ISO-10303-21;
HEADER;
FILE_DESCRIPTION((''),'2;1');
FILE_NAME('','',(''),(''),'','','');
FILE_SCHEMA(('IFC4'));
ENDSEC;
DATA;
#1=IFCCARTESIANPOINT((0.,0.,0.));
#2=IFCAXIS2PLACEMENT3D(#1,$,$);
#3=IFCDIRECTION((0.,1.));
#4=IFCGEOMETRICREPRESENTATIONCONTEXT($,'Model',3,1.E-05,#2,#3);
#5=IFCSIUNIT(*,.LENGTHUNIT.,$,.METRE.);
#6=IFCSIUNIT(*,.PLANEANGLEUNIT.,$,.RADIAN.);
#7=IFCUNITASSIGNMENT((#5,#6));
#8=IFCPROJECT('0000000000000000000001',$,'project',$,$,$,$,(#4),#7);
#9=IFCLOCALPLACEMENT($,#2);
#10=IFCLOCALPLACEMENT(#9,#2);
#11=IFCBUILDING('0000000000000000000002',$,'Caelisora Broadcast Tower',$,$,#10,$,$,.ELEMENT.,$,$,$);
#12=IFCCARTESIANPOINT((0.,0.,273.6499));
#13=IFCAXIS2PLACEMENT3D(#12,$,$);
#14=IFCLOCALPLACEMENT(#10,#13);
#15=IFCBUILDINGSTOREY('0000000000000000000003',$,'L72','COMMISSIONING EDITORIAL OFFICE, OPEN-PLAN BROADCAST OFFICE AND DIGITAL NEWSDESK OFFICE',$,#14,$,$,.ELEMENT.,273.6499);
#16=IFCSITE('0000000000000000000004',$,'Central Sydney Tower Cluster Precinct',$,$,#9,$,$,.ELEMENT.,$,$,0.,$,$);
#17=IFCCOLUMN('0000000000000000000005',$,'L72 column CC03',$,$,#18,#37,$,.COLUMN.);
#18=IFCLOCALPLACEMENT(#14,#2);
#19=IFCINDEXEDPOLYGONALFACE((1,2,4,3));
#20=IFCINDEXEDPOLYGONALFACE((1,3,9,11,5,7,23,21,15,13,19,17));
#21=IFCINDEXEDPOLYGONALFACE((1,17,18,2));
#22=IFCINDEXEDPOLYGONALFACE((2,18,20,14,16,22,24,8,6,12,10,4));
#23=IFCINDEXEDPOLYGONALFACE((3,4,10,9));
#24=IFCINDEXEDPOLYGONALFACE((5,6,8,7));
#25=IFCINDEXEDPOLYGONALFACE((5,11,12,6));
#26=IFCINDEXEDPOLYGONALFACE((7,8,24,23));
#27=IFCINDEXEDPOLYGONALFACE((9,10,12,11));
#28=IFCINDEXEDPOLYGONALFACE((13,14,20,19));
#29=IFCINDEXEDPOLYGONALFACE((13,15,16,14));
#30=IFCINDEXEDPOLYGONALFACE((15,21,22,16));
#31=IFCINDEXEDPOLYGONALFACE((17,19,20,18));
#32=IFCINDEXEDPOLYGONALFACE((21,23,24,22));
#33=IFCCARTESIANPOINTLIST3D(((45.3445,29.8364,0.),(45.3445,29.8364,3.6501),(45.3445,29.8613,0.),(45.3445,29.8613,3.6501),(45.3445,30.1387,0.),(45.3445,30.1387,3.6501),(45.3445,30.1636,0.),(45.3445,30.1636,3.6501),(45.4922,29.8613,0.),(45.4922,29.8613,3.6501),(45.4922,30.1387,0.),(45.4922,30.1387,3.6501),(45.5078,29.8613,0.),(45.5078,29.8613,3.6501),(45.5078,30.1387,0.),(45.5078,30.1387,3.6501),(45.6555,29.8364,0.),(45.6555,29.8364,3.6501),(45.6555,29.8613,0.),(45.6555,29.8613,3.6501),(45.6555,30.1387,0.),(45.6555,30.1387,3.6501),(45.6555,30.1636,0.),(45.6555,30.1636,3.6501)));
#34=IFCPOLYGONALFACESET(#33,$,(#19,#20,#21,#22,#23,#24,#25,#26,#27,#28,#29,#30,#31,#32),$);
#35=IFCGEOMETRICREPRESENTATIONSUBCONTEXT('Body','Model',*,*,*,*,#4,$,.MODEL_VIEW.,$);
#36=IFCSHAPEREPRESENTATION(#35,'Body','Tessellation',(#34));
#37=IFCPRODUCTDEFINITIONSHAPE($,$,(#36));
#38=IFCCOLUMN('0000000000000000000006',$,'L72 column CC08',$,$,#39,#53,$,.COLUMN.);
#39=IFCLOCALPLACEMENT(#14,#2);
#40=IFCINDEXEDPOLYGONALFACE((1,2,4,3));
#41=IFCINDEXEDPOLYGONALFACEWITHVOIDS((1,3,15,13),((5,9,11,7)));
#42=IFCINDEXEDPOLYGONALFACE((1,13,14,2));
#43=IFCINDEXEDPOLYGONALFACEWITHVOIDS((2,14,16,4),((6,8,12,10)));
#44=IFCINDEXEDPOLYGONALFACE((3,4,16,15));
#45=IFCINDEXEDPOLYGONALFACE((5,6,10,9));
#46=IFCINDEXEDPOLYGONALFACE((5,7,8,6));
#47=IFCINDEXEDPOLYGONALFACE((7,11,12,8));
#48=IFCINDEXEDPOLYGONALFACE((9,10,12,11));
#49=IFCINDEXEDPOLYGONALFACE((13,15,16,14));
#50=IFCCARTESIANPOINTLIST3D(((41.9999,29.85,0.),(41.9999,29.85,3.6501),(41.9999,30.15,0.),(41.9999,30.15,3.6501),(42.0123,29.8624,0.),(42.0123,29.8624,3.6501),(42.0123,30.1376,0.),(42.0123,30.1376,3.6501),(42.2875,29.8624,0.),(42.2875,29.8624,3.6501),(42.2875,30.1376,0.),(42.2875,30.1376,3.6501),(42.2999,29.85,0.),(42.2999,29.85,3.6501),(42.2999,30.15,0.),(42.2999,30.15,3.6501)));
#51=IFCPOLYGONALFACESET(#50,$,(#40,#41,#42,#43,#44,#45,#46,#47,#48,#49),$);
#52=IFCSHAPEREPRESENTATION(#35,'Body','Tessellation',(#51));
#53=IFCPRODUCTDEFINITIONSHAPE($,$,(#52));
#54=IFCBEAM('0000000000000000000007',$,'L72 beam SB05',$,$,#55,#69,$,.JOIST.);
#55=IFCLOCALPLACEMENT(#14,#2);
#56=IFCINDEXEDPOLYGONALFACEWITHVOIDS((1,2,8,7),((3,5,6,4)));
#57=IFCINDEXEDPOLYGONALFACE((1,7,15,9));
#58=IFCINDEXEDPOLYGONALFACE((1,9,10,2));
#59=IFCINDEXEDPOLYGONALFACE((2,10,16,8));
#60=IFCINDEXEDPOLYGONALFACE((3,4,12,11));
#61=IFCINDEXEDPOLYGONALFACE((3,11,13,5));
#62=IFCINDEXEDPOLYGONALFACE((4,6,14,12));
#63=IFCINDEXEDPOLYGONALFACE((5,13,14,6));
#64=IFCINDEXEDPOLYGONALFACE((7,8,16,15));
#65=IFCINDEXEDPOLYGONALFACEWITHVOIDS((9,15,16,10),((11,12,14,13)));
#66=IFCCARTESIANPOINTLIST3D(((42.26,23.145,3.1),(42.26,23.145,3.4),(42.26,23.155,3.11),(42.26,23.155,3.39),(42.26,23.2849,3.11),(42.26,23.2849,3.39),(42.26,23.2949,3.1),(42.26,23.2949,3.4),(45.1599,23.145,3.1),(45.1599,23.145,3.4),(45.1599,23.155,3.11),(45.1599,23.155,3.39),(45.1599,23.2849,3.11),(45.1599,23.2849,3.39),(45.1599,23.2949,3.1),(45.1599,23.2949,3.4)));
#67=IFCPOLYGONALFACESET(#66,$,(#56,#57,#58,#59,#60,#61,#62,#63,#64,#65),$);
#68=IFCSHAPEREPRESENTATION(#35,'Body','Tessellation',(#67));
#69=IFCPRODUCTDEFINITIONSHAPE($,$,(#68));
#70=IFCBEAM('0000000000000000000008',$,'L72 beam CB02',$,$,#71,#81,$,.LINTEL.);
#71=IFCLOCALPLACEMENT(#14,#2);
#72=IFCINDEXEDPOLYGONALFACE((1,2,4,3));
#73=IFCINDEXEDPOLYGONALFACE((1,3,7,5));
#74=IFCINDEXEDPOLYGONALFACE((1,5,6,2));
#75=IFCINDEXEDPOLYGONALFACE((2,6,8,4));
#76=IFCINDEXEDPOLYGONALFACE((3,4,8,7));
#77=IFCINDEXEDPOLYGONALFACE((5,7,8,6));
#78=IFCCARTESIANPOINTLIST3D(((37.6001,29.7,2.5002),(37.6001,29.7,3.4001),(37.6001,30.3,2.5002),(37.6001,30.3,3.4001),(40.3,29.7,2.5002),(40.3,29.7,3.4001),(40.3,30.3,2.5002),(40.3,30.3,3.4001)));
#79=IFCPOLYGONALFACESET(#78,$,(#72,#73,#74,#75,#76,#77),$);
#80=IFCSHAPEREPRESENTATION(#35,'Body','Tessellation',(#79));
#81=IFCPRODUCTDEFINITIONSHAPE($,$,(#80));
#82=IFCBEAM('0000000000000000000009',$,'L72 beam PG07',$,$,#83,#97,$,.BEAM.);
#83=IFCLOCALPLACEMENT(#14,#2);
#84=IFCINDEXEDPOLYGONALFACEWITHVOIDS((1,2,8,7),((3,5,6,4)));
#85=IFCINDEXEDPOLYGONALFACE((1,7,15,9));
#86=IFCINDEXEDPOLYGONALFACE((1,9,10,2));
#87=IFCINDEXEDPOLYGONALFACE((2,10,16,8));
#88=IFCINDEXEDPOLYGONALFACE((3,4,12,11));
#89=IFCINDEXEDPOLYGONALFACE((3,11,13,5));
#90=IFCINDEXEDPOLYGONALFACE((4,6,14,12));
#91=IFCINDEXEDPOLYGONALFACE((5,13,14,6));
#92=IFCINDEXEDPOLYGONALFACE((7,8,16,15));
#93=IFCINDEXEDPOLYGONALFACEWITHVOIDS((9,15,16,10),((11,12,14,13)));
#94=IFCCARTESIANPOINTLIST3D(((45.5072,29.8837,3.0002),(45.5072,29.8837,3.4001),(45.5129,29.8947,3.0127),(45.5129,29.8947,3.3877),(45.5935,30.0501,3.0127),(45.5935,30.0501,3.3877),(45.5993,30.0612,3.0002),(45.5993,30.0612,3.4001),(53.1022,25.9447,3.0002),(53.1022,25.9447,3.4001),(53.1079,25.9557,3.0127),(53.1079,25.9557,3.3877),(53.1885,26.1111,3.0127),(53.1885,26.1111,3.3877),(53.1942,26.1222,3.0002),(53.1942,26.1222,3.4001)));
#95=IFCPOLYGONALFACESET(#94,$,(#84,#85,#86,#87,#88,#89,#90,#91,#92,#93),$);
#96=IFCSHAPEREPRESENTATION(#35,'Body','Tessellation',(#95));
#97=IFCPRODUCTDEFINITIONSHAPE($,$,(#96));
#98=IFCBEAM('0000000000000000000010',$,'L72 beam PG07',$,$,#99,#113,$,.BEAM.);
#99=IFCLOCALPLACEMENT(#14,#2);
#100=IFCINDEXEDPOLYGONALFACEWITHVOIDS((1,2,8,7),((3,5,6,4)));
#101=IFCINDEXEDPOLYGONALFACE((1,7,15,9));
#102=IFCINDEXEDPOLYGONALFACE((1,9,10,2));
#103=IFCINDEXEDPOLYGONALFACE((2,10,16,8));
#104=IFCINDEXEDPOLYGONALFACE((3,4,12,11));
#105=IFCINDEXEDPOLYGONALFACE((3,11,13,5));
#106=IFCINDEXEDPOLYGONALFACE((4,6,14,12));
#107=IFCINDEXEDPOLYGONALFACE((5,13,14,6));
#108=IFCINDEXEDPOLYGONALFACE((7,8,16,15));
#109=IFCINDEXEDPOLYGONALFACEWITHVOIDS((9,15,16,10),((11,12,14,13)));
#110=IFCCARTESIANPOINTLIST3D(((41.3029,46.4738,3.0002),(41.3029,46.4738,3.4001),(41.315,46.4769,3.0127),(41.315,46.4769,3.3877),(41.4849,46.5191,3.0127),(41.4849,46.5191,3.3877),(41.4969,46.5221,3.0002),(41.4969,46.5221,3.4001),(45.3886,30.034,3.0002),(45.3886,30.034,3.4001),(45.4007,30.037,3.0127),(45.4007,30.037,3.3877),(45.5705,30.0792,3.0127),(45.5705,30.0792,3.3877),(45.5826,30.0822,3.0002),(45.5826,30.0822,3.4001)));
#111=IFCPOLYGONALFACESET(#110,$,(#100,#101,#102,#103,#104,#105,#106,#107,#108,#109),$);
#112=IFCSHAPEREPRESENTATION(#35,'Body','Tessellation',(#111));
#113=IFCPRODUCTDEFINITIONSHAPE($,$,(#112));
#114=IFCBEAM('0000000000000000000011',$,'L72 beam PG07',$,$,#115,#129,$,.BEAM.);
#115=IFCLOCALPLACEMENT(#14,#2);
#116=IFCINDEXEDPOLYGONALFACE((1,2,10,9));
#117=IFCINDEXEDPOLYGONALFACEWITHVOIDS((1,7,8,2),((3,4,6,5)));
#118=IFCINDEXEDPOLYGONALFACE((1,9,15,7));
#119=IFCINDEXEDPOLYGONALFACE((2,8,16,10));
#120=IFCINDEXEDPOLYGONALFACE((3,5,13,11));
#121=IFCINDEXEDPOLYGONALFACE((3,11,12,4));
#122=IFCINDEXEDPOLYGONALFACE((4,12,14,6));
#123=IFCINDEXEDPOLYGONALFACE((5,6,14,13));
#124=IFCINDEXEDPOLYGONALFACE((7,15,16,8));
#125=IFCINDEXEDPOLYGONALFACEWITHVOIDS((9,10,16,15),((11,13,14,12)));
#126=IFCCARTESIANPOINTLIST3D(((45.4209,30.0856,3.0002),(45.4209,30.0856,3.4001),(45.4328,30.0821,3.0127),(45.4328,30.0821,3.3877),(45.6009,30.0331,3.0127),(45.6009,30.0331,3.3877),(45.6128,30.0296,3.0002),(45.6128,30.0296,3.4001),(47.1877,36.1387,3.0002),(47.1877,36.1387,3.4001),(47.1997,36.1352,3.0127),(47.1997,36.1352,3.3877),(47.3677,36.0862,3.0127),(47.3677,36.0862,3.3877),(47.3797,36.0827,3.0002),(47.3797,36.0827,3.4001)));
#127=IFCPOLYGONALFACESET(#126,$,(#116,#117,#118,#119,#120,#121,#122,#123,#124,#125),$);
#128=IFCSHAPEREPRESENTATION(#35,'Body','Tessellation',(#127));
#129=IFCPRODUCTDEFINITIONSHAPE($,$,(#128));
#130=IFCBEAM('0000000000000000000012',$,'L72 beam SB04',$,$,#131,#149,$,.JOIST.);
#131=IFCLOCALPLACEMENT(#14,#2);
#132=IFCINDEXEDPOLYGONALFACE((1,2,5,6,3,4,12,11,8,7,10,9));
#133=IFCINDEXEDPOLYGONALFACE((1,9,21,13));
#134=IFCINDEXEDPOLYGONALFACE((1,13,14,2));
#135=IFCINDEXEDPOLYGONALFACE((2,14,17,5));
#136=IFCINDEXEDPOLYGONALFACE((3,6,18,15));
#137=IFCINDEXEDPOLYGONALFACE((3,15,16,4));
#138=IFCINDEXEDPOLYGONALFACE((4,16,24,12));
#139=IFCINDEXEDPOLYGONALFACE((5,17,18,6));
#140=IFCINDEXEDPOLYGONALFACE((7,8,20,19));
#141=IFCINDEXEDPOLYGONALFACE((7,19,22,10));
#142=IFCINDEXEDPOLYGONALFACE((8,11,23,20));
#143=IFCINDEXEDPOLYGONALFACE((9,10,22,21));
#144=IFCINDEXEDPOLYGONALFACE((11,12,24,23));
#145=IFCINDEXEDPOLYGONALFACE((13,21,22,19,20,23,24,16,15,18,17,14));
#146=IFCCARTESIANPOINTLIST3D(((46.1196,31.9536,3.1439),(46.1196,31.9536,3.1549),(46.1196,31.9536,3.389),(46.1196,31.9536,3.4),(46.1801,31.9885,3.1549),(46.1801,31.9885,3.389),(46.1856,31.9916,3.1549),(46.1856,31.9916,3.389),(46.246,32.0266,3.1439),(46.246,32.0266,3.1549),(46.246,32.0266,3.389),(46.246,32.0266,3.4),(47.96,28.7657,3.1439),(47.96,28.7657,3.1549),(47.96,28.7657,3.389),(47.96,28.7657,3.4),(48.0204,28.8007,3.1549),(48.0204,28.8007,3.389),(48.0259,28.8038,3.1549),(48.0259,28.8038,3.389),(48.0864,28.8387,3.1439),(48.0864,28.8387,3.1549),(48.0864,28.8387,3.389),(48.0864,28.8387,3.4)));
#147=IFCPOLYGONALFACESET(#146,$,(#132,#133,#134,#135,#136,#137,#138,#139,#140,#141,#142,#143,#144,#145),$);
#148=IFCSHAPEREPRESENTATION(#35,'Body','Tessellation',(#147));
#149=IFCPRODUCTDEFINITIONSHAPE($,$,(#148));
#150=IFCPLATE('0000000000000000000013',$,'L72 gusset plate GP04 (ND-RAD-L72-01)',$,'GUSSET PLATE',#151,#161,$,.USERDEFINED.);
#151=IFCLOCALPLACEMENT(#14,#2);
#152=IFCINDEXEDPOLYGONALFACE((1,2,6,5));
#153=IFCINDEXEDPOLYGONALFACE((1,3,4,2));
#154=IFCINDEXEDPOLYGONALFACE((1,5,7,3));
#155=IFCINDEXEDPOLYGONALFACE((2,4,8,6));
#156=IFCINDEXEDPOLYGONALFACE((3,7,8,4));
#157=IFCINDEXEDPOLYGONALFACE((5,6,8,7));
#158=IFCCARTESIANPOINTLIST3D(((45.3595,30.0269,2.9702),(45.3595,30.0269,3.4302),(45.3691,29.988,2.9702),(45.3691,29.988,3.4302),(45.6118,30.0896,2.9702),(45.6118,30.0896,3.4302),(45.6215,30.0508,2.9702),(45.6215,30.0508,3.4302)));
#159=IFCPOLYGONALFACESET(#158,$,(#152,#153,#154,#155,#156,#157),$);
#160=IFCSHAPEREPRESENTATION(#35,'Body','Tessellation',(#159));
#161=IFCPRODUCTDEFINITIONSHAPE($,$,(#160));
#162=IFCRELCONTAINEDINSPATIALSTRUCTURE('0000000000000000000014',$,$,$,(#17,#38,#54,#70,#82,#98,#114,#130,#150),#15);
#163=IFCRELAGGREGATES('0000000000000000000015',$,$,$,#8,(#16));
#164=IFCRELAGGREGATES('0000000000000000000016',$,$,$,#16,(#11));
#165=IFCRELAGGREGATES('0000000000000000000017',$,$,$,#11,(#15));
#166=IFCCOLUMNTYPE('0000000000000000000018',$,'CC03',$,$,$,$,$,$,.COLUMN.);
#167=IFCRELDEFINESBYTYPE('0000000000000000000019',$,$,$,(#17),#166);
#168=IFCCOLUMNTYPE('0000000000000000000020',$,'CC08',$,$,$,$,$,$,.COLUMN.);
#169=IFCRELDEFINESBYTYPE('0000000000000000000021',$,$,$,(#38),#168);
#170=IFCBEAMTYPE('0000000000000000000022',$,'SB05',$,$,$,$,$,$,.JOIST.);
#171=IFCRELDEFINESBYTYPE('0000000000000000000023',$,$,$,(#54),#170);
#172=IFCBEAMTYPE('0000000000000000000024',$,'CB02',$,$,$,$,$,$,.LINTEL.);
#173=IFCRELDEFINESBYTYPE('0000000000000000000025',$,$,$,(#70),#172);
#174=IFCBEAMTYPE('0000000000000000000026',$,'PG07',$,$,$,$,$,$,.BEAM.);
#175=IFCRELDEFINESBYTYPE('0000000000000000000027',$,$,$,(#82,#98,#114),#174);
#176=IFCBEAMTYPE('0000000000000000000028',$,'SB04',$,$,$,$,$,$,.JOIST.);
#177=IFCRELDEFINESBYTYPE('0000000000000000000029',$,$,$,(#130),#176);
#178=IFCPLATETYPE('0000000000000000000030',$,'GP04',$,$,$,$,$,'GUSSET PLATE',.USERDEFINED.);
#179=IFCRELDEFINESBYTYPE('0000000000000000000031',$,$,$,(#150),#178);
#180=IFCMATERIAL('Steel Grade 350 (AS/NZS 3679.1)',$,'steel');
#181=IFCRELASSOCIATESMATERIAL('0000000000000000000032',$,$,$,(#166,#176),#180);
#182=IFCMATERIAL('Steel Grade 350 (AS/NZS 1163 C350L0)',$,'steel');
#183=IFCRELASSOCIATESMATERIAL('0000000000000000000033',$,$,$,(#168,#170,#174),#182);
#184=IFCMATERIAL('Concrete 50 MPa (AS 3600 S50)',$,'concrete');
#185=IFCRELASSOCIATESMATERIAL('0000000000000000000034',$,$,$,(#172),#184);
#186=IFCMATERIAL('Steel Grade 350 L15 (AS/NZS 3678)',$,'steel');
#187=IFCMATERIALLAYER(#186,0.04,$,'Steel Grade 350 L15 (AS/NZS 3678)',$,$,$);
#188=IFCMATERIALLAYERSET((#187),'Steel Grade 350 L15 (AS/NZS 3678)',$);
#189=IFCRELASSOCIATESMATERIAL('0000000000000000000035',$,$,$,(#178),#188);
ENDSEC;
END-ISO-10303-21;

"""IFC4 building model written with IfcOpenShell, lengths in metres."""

from ifc_helpers import new_model, si_unit, direction, frame, origin, origin_2d, place, context, subcontext, project, spatial, rectangle, hollow_rectangle, i_section, extrude, source, transform, mapped, material, layer, layer_set, material_profile, profile_set, type_object, type_shapes, element, save


model = new_model("IFC4")

# Units and contexts
model_context = context("Model", 3, precision=1e-05, world=origin(), true_north=direction((0.0, 1.0)))
body_context = subcontext(model_context, "Body", "Model", "MODEL_VIEW")
ifc_project = project(units=[si_unit("LENGTHUNIT", "METRE"), si_unit("PLANEANGLEUNIT", "RADIAN")], contexts=[model_context])

# Site, building, storey
site_placement = place(None, origin())
site = spatial("IfcSite", under=ifc_project, at=site_placement, Name="Central Sydney Tower Cluster Precinct", CompositionType="ELEMENT", RefElevation=0.0)
building_placement = place(site_placement, origin())
building = spatial("IfcBuilding", under=site, at=building_placement, Name="Caelisora Broadcast Tower", CompositionType="ELEMENT")
storey_placement = place(building_placement, frame((0.0, 0.0, 273.6499)))
storey = spatial("IfcBuildingStorey", under=building, at=storey_placement, Name="L72", Description="COMMISSIONING EDITORIAL OFFICE, OPEN-PLAN BROADCAST OFFICE AND DIGITAL NEWSDESK OFFICE", CompositionType="ELEMENT", Elevation=273.6499)

# Columns
ifc_material_1 = material(Name="Steel Grade 350 (AS/NZS 3679.1)", Category="steel")
ifc_material_profile_1 = material_profile(ifc_material_1, i_section(OverallWidth=0.311, OverallDepth=0.3271, WebThickness=0.0156, FlangeThickness=0.0249, at=origin_2d()), Name="Steel Grade 350 (AS/NZS 3679.1)")
ifc_profile_set_1 = profile_set([ifc_material_profile_1], Name="Steel Grade 350 (AS/NZS 3679.1)")
column_type_1 = type_object("IfcColumnType", Name="CC03", PredefinedType="COLUMN", material=ifc_profile_set_1)
shared_shape_1 = source(origin(), body_context, "Body", "SweptSolid", [
    extrude(i_section(OverallWidth=0.311, OverallDepth=0.3271, WebThickness=0.0156, FlangeThickness=0.0249, at=origin_2d()), origin(), (0.0, 0.0, 1.0), 3.6501),
])
type_shapes(column_type_1, [shared_shape_1])
column_1_placement = place(storey_placement, frame((45.5, 30.0, 0.0), z_axis=(0.0, 0.0, 1.0), x_axis=(1.0, 0.0, 0.0)))
element("IfcColumn", 1, at=column_1_placement, inside=storey, type_object=column_type_1, Name="L72 column CC03", PredefinedType="COLUMN", context=body_context, shape_type="MappedRepresentation", body=[
    mapped(shared_shape_1, transform((0.0, 0.0, 0.0), scale=1.0)),
])
ifc_material_2 = material(Name="Steel Grade 350 (AS/NZS 1163 C350L0)", Category="steel")
ifc_material_profile_2 = material_profile(ifc_material_2, hollow_rectangle(XDim=0.3, YDim=0.3, WallThickness=0.0125, at=origin_2d()), Name="Steel Grade 350 (AS/NZS 1163 C350L0)")
ifc_profile_set_2 = profile_set([ifc_material_profile_2], Name="Steel Grade 350 (AS/NZS 1163 C350L0)")
column_type_2 = type_object("IfcColumnType", Name="CC08", PredefinedType="COLUMN", material=ifc_profile_set_2)
shared_shape_2 = source(origin(), body_context, "Body", "SweptSolid", [
    extrude(hollow_rectangle(XDim=0.3, YDim=0.3, WallThickness=0.0125, at=origin_2d()), origin(), (0.0, 0.0, 1.0), 3.6501),
])
type_shapes(column_type_2, [shared_shape_2])
column_2_placement = place(storey_placement, frame((42.1499, 30.0, 0.0), z_axis=(0.0, 0.0, 1.0), x_axis=(1.0, 0.0, 0.0)))
element("IfcColumn", 2, at=column_2_placement, inside=storey, type_object=column_type_2, Name="L72 column CC08", PredefinedType="COLUMN", context=body_context, shape_type="MappedRepresentation", body=[
    mapped(shared_shape_2, transform((0.0, 0.0, 0.0), scale=1.0)),
])

# Beams
ifc_material_profile_3 = material_profile(ifc_material_2, hollow_rectangle(XDim=0.1499, YDim=0.3, WallThickness=0.01, at=origin_2d()), Name="Steel Grade 350 (AS/NZS 1163 C350L0)")
ifc_profile_set_3 = profile_set([ifc_material_profile_3], Name="Steel Grade 350 (AS/NZS 1163 C350L0)")
beam_type_1 = type_object("IfcBeamType", Name="SB05", PredefinedType="JOIST", material=ifc_profile_set_3)
shared_shape_3 = source(origin(), body_context, "Body", "SweptSolid", [
    extrude(hollow_rectangle(XDim=0.1499, YDim=0.3, WallThickness=0.01, at=origin_2d()), origin(), (0.0, 0.0, 1.0), 2.8999),
])
type_shapes(beam_type_1, [shared_shape_3])
beam_1_placement = place(storey_placement, frame((42.26, 23.22, 3.25), z_axis=(1.0, 0.0, 0.0), x_axis=(0.0, 1.0, 0.0)))
element("IfcBeam", 3, at=beam_1_placement, inside=storey, type_object=beam_type_1, Name="L72 beam SB05", PredefinedType="JOIST", context=body_context, shape_type="MappedRepresentation", body=[
    mapped(shared_shape_3, transform((0.0, 0.0, 0.0), scale=1.0)),
])
ifc_material_3 = material(Name="Concrete 50 MPa (AS 3600 S50)", Category="concrete")
ifc_material_profile_4 = material_profile(ifc_material_3, rectangle(XDim=0.6001, YDim=0.8999, at=origin_2d()), Name="Concrete 50 MPa (AS 3600 S50)")
ifc_profile_set_4 = profile_set([ifc_material_profile_4], Name="Concrete 50 MPa (AS 3600 S50)")
beam_type_2 = type_object("IfcBeamType", Name="CB02", PredefinedType="LINTEL", material=ifc_profile_set_4)
shared_shape_4 = source(origin(), body_context, "Body", "SweptSolid", [
    extrude(rectangle(XDim=0.6001, YDim=0.8999, at=origin_2d()), origin(), (0.0, 0.0, 1.0), 2.7),
])
type_shapes(beam_type_2, [shared_shape_4])
beam_2_placement = place(storey_placement, frame((37.6001, 30.0, 2.9502), z_axis=(1.0, 0.0, 0.0), x_axis=(0.0, 1.0, 0.0)))
element("IfcBeam", 4, at=beam_2_placement, inside=storey, type_object=beam_type_2, Name="L72 beam CB02", PredefinedType="LINTEL", context=body_context, shape_type="MappedRepresentation", body=[
    mapped(shared_shape_4, transform((0.0, 0.0, 0.0), scale=1.0)),
])
ifc_material_profile_5 = material_profile(ifc_material_2, hollow_rectangle(XDim=0.2, YDim=0.3999, WallThickness=0.0125, at=origin_2d()), Name="Steel Grade 350 (AS/NZS 1163 C350L0)")
ifc_profile_set_5 = profile_set([ifc_material_profile_5], Name="Steel Grade 350 (AS/NZS 1163 C350L0)")
beam_type_3 = type_object("IfcBeamType", Name="PG07", PredefinedType="BEAM", material=ifc_profile_set_5)
shared_shape_5 = source(origin(), body_context, "Body", "SweptSolid", [
    extrude(hollow_rectangle(XDim=0.2, YDim=0.3999, WallThickness=0.0125, at=origin_2d()), origin(), (0.0, 0.0, 1.0), 8.5557),
])
beam_3_placement = place(storey_placement, frame((45.5532, 29.9724, 3.2002), z_axis=(0.887715, -0.460394, 0.0), x_axis=(0.460394, 0.887715, 0.0)))
element("IfcBeam", 5, at=beam_3_placement, inside=storey, type_object=beam_type_3, Name="L72 beam PG07", PredefinedType="BEAM", context=body_context, shape_type="MappedRepresentation", body=[
    mapped(shared_shape_5, transform((0.0, 0.0, 0.0), scale=1.0)),
])
shared_shape_6 = source(origin(), body_context, "Body", "SweptSolid", [
    extrude(hollow_rectangle(XDim=0.2, YDim=0.3999, WallThickness=0.0125, at=origin_2d()), origin(), (0.0, 0.0, 1.0), 16.9399),
])
beam_4_placement = place(storey_placement, frame((45.4856, 30.0581, 3.2002), z_axis=(-0.241186, 0.970479, 0.0), x_axis=(-0.970479, -0.241186, 0.0)))
element("IfcBeam", 6, at=beam_4_placement, inside=storey, type_object=beam_type_3, Name="L72 beam PG07", PredefinedType="BEAM", context=body_context, shape_type="MappedRepresentation", body=[
    mapped(shared_shape_6, transform((0.0, 0.0, 0.0), scale=1.0)),
])
shared_shape_7 = source(origin(), body_context, "Body", "SweptSolid", [
    extrude(hollow_rectangle(XDim=0.2, YDim=0.3999, WallThickness=0.0125, at=origin_2d()), origin(), (0.0, 0.0, 1.0), 6.3057),
])
type_shapes(beam_type_3, [shared_shape_5, shared_shape_6, shared_shape_7])
beam_5_placement = place(storey_placement, frame((45.5168, 30.0576, 3.2002), z_axis=(0.280204, 0.959941, 0.0), x_axis=(-0.959941, 0.280204, 0.0)))
element("IfcBeam", 7, at=beam_5_placement, inside=storey, type_object=beam_type_3, Name="L72 beam PG07", PredefinedType="BEAM", context=body_context, shape_type="MappedRepresentation", body=[
    mapped(shared_shape_7, transform((0.0, 0.0, 0.0), scale=1.0)),
])
ifc_material_profile_6 = material_profile(ifc_material_1, i_section(OverallWidth=0.146, OverallDepth=0.2561, WebThickness=0.0063, FlangeThickness=0.011, at=origin_2d()), Name="Steel Grade 350 (AS/NZS 3679.1)")
ifc_profile_set_6 = profile_set([ifc_material_profile_6], Name="Steel Grade 350 (AS/NZS 3679.1)")
beam_type_4 = type_object("IfcBeamType", Name="SB04", PredefinedType="JOIST", material=ifc_profile_set_6)
shared_shape_8 = source(origin(), body_context, "Body", "SweptSolid", [
    extrude(i_section(OverallWidth=0.146, OverallDepth=0.2561, WebThickness=0.0063, FlangeThickness=0.011, at=origin_2d()), origin(), (0.0, 0.0, 1.0), 3.6809),
])
type_shapes(beam_type_4, [shared_shape_8])
beam_6_placement = place(storey_placement, frame((48.0232, 28.8022, 3.272), z_axis=(-0.499977, 0.866039, 0.0), x_axis=(-0.866039, -0.499977, 0.0)))
element("IfcBeam", 8, at=beam_6_placement, inside=storey, type_object=beam_type_4, Name="L72 beam SB04", PredefinedType="JOIST", context=body_context, shape_type="MappedRepresentation", body=[
    mapped(shared_shape_8, transform((0.0, 0.0, 0.0), scale=1.0)),
])

# Plate
ifc_material_4 = material(Name="Steel Grade 350 L15 (AS/NZS 3678)", Category="steel")
ifc_layer_1 = layer(ifc_material_4, 0.04, Name="Steel Grade 350 L15 (AS/NZS 3678)")
ifc_layer_set_1 = layer_set([ifc_layer_1], Name="Steel Grade 350 L15 (AS/NZS 3678)")
plate_type = type_object("IfcPlateType", Name="GP04", ElementType="GUSSET PLATE", PredefinedType="USERDEFINED", material=ifc_layer_set_1)
shared_shape_9 = source(origin(), body_context, "Body", "SweptSolid", [
    extrude(rectangle(XDim=0.26, YDim=0.04, at=origin_2d()), origin(), (0.0, 0.0, 1.0), 0.46),
])
type_shapes(plate_type, [shared_shape_9])
for number, where, z_axis, x_axis, name in (
    (9, (45.4905, 30.0388, 2.9702), (0.0, 0.0, 1.0), (-0.970464, -0.241244, 0.0), "L72 gusset plate GP04 (ND-RAD-L72-01)"),
):
    element("IfcPlate", number, at=place(storey_placement, frame(where, z_axis=z_axis, x_axis=x_axis)), inside=storey, type_object=plate_type, Name=name, ObjectType="GUSSET PLATE", PredefinedType="USERDEFINED", context=body_context, shape_type="MappedRepresentation", body=[
        mapped(shared_shape_9, transform((0.0, 0.0, 0.0), scale=1.0)),
    ])

save(model, "model.ifc")
